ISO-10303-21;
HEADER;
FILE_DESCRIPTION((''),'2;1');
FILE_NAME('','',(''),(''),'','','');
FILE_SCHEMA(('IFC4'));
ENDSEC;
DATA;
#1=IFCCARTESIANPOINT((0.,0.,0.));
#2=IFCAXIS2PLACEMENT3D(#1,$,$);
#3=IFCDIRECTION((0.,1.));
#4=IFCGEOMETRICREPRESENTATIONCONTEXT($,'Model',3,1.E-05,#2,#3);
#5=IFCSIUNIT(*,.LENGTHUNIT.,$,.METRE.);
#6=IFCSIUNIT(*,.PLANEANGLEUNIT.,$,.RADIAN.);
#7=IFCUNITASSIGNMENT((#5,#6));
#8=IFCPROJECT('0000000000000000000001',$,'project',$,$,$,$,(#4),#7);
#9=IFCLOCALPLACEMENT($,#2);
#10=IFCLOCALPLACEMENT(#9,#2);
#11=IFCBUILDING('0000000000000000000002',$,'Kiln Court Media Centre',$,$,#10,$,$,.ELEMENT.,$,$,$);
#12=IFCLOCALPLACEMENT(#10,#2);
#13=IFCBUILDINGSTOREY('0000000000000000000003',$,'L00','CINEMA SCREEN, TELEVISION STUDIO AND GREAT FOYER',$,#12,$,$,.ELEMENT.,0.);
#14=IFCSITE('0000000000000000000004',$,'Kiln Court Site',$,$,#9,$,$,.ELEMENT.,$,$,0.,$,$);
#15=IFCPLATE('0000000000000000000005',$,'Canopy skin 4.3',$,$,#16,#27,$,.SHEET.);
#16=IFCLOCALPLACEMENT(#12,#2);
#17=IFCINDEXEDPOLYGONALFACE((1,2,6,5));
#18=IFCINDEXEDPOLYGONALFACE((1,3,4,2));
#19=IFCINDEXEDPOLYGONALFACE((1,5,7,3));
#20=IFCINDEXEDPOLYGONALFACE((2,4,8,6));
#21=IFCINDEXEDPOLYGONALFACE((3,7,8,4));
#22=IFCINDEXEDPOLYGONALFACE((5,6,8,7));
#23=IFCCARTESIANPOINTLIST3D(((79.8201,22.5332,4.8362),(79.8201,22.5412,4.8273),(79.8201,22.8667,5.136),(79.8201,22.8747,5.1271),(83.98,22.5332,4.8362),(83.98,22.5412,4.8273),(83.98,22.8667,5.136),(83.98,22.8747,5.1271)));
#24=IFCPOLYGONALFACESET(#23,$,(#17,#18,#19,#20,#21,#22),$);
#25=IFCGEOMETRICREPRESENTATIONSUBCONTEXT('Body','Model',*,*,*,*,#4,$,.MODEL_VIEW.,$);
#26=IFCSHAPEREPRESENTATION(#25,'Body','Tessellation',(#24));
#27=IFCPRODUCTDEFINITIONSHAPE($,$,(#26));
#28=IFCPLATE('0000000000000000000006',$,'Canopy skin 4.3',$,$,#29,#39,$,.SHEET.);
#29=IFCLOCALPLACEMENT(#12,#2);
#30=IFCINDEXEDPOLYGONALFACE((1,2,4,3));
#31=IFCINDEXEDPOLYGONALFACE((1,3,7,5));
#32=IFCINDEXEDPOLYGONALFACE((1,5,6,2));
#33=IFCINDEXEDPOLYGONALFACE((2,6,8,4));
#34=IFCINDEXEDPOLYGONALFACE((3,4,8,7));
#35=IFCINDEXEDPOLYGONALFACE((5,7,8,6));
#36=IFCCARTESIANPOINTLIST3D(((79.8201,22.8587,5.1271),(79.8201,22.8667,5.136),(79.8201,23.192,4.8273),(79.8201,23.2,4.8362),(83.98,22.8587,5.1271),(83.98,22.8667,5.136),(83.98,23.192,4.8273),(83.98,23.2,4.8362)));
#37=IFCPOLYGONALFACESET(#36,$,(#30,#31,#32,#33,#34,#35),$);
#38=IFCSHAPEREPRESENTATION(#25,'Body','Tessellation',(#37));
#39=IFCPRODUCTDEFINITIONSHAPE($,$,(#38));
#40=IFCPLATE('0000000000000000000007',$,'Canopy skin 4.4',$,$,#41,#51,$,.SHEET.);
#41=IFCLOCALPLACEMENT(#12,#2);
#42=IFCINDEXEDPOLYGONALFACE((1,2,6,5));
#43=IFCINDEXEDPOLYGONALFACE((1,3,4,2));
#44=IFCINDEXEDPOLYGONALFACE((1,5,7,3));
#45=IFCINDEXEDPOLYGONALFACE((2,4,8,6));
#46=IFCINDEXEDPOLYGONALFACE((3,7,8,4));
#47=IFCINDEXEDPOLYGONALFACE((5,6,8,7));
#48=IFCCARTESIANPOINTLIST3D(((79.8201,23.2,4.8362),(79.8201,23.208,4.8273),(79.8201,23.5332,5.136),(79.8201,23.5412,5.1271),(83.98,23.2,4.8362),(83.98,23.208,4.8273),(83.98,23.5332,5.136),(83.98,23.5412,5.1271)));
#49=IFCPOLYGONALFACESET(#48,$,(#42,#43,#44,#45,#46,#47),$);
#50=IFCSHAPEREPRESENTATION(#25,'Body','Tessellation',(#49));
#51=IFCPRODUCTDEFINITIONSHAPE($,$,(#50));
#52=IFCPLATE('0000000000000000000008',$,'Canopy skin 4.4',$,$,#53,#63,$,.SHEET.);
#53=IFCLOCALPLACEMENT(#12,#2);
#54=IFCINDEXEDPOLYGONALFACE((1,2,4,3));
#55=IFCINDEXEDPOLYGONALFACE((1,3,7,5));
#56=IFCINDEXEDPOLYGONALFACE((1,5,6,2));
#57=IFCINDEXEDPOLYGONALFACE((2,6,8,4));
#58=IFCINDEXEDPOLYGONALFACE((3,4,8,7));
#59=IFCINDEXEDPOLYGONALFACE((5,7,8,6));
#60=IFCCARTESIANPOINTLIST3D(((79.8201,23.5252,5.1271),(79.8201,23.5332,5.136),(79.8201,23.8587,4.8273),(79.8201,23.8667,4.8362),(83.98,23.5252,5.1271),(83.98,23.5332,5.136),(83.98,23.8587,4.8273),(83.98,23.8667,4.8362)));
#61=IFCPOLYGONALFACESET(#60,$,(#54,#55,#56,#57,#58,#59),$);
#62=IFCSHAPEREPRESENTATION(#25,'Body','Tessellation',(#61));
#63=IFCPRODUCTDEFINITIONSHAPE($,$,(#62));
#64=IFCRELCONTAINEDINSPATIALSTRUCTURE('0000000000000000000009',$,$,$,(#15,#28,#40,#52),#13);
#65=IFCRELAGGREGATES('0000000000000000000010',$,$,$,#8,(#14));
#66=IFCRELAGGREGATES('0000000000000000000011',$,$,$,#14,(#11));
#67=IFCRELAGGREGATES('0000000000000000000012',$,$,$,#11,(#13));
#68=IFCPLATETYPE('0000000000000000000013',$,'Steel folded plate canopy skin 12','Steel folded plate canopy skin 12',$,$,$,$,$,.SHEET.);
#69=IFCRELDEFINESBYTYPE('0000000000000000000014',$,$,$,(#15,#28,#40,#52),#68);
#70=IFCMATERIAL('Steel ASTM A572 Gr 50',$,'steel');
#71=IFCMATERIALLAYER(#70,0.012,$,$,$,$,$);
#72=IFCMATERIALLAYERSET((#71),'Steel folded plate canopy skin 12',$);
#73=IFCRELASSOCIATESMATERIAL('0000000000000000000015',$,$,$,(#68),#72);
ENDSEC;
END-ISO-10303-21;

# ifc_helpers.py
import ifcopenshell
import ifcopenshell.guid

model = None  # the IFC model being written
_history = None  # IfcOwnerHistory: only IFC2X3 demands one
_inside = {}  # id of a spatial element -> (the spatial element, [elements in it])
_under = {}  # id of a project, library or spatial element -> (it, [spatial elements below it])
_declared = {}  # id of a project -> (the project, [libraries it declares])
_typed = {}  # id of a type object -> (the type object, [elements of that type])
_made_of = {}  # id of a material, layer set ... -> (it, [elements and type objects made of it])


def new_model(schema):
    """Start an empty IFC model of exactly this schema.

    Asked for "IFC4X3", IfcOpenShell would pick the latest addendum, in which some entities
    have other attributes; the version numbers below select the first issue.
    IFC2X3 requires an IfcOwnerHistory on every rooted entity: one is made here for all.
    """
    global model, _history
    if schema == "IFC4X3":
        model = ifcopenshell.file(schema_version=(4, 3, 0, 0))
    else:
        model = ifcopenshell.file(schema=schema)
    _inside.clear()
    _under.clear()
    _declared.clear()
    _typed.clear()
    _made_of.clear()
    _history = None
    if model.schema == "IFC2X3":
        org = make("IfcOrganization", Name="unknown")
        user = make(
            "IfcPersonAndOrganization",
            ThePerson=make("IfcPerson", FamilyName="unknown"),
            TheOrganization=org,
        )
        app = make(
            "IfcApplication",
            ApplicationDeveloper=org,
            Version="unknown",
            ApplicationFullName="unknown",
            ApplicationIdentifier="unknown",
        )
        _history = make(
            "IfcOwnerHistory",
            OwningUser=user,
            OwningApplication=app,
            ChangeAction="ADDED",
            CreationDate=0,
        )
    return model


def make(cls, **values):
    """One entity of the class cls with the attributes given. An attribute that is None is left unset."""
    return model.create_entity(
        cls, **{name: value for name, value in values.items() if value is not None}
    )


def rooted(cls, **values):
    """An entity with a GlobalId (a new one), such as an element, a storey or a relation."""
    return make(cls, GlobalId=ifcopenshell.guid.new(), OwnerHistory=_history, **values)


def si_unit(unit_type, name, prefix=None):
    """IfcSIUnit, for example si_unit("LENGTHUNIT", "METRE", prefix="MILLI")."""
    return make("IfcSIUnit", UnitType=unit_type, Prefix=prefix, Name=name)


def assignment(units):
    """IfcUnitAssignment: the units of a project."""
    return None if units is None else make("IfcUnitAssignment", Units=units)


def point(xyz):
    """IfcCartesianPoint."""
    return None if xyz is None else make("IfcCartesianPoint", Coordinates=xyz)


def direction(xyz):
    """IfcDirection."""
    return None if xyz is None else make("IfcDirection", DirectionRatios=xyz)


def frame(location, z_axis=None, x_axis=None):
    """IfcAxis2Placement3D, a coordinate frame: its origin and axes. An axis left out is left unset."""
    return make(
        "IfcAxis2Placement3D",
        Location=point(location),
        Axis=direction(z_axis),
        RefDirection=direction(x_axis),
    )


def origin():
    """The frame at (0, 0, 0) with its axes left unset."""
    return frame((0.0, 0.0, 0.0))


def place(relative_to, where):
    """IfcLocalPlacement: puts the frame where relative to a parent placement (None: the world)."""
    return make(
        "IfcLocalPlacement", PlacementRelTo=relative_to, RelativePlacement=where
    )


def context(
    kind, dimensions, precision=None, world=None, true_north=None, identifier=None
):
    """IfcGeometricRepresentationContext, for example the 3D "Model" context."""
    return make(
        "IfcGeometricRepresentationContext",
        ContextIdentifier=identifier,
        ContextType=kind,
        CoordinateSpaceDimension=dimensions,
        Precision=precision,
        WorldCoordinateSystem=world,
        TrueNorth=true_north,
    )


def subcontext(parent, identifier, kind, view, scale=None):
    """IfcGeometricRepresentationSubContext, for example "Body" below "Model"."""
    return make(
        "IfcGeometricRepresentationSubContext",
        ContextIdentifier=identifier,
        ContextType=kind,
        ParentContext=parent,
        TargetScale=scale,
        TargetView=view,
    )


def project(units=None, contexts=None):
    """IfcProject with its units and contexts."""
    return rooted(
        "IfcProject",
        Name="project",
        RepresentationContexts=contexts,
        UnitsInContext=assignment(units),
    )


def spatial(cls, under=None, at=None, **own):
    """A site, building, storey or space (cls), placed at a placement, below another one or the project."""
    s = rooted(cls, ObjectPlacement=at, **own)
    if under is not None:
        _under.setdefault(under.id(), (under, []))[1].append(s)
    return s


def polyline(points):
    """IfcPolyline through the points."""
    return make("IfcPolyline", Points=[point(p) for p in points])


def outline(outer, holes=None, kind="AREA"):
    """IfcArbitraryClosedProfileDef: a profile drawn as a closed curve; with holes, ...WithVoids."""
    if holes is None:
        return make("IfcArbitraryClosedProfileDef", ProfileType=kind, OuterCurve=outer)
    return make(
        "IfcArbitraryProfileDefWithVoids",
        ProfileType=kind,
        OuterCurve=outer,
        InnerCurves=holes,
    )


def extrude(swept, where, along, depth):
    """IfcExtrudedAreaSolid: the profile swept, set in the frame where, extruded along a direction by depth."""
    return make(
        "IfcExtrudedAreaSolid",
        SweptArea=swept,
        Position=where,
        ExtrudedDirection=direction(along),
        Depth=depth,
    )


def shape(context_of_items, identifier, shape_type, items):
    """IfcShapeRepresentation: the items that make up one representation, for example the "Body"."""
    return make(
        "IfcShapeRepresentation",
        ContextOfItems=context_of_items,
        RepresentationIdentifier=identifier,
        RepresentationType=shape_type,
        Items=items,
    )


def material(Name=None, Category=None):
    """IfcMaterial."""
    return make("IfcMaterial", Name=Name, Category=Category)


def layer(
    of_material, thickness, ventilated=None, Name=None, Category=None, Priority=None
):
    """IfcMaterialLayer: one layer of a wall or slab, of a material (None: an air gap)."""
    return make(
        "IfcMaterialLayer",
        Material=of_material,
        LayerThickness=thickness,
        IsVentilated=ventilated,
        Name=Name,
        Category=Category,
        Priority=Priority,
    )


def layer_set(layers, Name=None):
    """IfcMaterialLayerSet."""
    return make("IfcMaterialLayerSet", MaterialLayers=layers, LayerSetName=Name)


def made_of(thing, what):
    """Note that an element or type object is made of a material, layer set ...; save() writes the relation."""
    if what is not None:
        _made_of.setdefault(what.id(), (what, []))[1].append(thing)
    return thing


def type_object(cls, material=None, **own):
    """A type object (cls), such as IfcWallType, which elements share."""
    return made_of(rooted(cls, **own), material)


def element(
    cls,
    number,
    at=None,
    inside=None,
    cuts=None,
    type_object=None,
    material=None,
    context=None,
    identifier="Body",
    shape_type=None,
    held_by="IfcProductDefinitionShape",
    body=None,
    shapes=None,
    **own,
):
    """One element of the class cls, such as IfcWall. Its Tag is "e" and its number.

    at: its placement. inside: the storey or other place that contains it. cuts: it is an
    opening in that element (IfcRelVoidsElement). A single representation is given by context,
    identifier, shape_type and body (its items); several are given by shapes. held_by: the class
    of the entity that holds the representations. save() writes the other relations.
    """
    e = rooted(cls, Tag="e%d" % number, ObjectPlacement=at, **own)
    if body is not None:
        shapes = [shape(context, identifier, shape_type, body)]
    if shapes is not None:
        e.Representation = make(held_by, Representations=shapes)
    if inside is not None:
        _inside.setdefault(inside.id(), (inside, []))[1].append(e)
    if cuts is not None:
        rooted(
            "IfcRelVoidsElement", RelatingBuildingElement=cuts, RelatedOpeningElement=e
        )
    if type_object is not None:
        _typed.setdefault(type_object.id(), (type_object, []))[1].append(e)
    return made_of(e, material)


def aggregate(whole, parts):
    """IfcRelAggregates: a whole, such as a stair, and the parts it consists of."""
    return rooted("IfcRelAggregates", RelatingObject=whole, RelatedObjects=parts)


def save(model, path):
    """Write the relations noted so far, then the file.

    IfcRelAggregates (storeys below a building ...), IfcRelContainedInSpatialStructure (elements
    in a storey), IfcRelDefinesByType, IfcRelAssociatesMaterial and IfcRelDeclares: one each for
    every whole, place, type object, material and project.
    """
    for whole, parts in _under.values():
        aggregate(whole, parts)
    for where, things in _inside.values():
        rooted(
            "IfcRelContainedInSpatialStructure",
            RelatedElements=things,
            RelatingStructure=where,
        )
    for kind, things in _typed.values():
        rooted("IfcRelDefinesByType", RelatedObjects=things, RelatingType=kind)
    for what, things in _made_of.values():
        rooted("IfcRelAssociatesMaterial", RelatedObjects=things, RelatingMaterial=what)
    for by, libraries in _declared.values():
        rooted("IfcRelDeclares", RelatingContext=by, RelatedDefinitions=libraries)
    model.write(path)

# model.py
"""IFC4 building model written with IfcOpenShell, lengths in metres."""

from ifc_helpers import new_model, si_unit, direction, frame, origin, place, context, subcontext, project, spatial, polyline, outline, extrude, material, layer, layer_set, type_object, element, save


model = new_model("IFC4")

# Units and contexts
model_context = context("Model", 3, precision=1e-05, world=origin(), true_north=direction((0.0, 1.0)))
body_context = subcontext(model_context, "Body", "Model", "MODEL_VIEW")
ifc_project = project(units=[si_unit("LENGTHUNIT", "METRE"), si_unit("PLANEANGLEUNIT", "RADIAN")], contexts=[model_context])

# Site, building, storey
site_placement = place(None, origin())
site = spatial("IfcSite", under=ifc_project, at=site_placement, Name="Kiln Court Site", CompositionType="ELEMENT", RefElevation=0.0)
building_placement = place(site_placement, origin())
building = spatial("IfcBuilding", under=site, at=building_placement, Name="Kiln Court Media Centre", CompositionType="ELEMENT")
storey_placement = place(building_placement, origin())
storey = spatial("IfcBuildingStorey", under=building, at=storey_placement, Name="L00", Description="CINEMA SCREEN, TELEVISION STUDIO AND GREAT FOYER", CompositionType="ELEMENT", Elevation=0.0)

# Plates
ifc_material_1 = material(Name="Steel ASTM A572 Gr 50", Category="steel")
ifc_layer_1 = layer(ifc_material_1, 0.012)
ifc_layer_set_1 = layer_set([ifc_layer_1], Name="Steel folded plate canopy skin 12")
plate_type_1 = type_object("IfcPlateType", Name="Steel folded plate canopy skin 12", Description="Steel folded plate canopy skin 12", PredefinedType="SHEET", material=ifc_layer_set_1)
plate_1_placement = place(storey_placement, frame((79.8201, 22.5332, 4.8362), z_axis=(0.0, -0.668544, 0.743673), x_axis=(1.0, 0.0, 0.0)))
element("IfcPlate", 1, at=plate_1_placement, inside=storey, type_object=plate_type_1, Name="Canopy skin 4.3", PredefinedType="SHEET", context=body_context, shape_type="SweptSolid", body=[
    extrude(outline(polyline([(0.0, 0.0), (4.1599, 0.0), (4.1599, 0.4484), (0.0, 0.4484), (0.0, 0.0)])), origin(), (0.0, 0.0, -1.0), 0.012),
])
for number, where, z_axis, x_axis, name in (
    (2, (79.8201, 22.8667, 5.136), (0.0, 0.668814, 0.74343), (1.0, 0.0, 0.0), "Canopy skin 4.3"),
    (3, (79.8201, 23.2, 4.8362), (0.0, -0.668814, 0.74343), (1.0, 0.0, 0.0), "Canopy skin 4.4"),
):
    element("IfcPlate", number, at=place(storey_placement, frame(where, z_axis=z_axis, x_axis=x_axis)), inside=storey, type_object=plate_type_1, Name=name, PredefinedType="SHEET", context=body_context, shape_type="SweptSolid", body=[
        extrude(outline(polyline([(0.0, 0.0), (4.1599, 0.0), (4.1599, 0.4483), (0.0, 0.4483), (0.0, 0.0)])), origin(), (0.0, 0.0, -1.0), 0.012),
    ])
plate_2_placement = place(storey_placement, frame((79.8201, 23.5332, 5.136), z_axis=(0.0, 0.668544, 0.743673), x_axis=(1.0, 0.0, 0.0)))
element("IfcPlate", 4, at=plate_2_placement, inside=storey, type_object=plate_type_1, Name="Canopy skin 4.4", PredefinedType="SHEET", context=body_context, shape_type="SweptSolid", body=[
    extrude(outline(polyline([(0.0, 0.0), (4.1599, 0.0), (4.1599, 0.4484), (0.0, 0.4484), (0.0, 0.0)])), origin(), (0.0, 0.0, -1.0), 0.012),
])

save(model, "model.ifc")
